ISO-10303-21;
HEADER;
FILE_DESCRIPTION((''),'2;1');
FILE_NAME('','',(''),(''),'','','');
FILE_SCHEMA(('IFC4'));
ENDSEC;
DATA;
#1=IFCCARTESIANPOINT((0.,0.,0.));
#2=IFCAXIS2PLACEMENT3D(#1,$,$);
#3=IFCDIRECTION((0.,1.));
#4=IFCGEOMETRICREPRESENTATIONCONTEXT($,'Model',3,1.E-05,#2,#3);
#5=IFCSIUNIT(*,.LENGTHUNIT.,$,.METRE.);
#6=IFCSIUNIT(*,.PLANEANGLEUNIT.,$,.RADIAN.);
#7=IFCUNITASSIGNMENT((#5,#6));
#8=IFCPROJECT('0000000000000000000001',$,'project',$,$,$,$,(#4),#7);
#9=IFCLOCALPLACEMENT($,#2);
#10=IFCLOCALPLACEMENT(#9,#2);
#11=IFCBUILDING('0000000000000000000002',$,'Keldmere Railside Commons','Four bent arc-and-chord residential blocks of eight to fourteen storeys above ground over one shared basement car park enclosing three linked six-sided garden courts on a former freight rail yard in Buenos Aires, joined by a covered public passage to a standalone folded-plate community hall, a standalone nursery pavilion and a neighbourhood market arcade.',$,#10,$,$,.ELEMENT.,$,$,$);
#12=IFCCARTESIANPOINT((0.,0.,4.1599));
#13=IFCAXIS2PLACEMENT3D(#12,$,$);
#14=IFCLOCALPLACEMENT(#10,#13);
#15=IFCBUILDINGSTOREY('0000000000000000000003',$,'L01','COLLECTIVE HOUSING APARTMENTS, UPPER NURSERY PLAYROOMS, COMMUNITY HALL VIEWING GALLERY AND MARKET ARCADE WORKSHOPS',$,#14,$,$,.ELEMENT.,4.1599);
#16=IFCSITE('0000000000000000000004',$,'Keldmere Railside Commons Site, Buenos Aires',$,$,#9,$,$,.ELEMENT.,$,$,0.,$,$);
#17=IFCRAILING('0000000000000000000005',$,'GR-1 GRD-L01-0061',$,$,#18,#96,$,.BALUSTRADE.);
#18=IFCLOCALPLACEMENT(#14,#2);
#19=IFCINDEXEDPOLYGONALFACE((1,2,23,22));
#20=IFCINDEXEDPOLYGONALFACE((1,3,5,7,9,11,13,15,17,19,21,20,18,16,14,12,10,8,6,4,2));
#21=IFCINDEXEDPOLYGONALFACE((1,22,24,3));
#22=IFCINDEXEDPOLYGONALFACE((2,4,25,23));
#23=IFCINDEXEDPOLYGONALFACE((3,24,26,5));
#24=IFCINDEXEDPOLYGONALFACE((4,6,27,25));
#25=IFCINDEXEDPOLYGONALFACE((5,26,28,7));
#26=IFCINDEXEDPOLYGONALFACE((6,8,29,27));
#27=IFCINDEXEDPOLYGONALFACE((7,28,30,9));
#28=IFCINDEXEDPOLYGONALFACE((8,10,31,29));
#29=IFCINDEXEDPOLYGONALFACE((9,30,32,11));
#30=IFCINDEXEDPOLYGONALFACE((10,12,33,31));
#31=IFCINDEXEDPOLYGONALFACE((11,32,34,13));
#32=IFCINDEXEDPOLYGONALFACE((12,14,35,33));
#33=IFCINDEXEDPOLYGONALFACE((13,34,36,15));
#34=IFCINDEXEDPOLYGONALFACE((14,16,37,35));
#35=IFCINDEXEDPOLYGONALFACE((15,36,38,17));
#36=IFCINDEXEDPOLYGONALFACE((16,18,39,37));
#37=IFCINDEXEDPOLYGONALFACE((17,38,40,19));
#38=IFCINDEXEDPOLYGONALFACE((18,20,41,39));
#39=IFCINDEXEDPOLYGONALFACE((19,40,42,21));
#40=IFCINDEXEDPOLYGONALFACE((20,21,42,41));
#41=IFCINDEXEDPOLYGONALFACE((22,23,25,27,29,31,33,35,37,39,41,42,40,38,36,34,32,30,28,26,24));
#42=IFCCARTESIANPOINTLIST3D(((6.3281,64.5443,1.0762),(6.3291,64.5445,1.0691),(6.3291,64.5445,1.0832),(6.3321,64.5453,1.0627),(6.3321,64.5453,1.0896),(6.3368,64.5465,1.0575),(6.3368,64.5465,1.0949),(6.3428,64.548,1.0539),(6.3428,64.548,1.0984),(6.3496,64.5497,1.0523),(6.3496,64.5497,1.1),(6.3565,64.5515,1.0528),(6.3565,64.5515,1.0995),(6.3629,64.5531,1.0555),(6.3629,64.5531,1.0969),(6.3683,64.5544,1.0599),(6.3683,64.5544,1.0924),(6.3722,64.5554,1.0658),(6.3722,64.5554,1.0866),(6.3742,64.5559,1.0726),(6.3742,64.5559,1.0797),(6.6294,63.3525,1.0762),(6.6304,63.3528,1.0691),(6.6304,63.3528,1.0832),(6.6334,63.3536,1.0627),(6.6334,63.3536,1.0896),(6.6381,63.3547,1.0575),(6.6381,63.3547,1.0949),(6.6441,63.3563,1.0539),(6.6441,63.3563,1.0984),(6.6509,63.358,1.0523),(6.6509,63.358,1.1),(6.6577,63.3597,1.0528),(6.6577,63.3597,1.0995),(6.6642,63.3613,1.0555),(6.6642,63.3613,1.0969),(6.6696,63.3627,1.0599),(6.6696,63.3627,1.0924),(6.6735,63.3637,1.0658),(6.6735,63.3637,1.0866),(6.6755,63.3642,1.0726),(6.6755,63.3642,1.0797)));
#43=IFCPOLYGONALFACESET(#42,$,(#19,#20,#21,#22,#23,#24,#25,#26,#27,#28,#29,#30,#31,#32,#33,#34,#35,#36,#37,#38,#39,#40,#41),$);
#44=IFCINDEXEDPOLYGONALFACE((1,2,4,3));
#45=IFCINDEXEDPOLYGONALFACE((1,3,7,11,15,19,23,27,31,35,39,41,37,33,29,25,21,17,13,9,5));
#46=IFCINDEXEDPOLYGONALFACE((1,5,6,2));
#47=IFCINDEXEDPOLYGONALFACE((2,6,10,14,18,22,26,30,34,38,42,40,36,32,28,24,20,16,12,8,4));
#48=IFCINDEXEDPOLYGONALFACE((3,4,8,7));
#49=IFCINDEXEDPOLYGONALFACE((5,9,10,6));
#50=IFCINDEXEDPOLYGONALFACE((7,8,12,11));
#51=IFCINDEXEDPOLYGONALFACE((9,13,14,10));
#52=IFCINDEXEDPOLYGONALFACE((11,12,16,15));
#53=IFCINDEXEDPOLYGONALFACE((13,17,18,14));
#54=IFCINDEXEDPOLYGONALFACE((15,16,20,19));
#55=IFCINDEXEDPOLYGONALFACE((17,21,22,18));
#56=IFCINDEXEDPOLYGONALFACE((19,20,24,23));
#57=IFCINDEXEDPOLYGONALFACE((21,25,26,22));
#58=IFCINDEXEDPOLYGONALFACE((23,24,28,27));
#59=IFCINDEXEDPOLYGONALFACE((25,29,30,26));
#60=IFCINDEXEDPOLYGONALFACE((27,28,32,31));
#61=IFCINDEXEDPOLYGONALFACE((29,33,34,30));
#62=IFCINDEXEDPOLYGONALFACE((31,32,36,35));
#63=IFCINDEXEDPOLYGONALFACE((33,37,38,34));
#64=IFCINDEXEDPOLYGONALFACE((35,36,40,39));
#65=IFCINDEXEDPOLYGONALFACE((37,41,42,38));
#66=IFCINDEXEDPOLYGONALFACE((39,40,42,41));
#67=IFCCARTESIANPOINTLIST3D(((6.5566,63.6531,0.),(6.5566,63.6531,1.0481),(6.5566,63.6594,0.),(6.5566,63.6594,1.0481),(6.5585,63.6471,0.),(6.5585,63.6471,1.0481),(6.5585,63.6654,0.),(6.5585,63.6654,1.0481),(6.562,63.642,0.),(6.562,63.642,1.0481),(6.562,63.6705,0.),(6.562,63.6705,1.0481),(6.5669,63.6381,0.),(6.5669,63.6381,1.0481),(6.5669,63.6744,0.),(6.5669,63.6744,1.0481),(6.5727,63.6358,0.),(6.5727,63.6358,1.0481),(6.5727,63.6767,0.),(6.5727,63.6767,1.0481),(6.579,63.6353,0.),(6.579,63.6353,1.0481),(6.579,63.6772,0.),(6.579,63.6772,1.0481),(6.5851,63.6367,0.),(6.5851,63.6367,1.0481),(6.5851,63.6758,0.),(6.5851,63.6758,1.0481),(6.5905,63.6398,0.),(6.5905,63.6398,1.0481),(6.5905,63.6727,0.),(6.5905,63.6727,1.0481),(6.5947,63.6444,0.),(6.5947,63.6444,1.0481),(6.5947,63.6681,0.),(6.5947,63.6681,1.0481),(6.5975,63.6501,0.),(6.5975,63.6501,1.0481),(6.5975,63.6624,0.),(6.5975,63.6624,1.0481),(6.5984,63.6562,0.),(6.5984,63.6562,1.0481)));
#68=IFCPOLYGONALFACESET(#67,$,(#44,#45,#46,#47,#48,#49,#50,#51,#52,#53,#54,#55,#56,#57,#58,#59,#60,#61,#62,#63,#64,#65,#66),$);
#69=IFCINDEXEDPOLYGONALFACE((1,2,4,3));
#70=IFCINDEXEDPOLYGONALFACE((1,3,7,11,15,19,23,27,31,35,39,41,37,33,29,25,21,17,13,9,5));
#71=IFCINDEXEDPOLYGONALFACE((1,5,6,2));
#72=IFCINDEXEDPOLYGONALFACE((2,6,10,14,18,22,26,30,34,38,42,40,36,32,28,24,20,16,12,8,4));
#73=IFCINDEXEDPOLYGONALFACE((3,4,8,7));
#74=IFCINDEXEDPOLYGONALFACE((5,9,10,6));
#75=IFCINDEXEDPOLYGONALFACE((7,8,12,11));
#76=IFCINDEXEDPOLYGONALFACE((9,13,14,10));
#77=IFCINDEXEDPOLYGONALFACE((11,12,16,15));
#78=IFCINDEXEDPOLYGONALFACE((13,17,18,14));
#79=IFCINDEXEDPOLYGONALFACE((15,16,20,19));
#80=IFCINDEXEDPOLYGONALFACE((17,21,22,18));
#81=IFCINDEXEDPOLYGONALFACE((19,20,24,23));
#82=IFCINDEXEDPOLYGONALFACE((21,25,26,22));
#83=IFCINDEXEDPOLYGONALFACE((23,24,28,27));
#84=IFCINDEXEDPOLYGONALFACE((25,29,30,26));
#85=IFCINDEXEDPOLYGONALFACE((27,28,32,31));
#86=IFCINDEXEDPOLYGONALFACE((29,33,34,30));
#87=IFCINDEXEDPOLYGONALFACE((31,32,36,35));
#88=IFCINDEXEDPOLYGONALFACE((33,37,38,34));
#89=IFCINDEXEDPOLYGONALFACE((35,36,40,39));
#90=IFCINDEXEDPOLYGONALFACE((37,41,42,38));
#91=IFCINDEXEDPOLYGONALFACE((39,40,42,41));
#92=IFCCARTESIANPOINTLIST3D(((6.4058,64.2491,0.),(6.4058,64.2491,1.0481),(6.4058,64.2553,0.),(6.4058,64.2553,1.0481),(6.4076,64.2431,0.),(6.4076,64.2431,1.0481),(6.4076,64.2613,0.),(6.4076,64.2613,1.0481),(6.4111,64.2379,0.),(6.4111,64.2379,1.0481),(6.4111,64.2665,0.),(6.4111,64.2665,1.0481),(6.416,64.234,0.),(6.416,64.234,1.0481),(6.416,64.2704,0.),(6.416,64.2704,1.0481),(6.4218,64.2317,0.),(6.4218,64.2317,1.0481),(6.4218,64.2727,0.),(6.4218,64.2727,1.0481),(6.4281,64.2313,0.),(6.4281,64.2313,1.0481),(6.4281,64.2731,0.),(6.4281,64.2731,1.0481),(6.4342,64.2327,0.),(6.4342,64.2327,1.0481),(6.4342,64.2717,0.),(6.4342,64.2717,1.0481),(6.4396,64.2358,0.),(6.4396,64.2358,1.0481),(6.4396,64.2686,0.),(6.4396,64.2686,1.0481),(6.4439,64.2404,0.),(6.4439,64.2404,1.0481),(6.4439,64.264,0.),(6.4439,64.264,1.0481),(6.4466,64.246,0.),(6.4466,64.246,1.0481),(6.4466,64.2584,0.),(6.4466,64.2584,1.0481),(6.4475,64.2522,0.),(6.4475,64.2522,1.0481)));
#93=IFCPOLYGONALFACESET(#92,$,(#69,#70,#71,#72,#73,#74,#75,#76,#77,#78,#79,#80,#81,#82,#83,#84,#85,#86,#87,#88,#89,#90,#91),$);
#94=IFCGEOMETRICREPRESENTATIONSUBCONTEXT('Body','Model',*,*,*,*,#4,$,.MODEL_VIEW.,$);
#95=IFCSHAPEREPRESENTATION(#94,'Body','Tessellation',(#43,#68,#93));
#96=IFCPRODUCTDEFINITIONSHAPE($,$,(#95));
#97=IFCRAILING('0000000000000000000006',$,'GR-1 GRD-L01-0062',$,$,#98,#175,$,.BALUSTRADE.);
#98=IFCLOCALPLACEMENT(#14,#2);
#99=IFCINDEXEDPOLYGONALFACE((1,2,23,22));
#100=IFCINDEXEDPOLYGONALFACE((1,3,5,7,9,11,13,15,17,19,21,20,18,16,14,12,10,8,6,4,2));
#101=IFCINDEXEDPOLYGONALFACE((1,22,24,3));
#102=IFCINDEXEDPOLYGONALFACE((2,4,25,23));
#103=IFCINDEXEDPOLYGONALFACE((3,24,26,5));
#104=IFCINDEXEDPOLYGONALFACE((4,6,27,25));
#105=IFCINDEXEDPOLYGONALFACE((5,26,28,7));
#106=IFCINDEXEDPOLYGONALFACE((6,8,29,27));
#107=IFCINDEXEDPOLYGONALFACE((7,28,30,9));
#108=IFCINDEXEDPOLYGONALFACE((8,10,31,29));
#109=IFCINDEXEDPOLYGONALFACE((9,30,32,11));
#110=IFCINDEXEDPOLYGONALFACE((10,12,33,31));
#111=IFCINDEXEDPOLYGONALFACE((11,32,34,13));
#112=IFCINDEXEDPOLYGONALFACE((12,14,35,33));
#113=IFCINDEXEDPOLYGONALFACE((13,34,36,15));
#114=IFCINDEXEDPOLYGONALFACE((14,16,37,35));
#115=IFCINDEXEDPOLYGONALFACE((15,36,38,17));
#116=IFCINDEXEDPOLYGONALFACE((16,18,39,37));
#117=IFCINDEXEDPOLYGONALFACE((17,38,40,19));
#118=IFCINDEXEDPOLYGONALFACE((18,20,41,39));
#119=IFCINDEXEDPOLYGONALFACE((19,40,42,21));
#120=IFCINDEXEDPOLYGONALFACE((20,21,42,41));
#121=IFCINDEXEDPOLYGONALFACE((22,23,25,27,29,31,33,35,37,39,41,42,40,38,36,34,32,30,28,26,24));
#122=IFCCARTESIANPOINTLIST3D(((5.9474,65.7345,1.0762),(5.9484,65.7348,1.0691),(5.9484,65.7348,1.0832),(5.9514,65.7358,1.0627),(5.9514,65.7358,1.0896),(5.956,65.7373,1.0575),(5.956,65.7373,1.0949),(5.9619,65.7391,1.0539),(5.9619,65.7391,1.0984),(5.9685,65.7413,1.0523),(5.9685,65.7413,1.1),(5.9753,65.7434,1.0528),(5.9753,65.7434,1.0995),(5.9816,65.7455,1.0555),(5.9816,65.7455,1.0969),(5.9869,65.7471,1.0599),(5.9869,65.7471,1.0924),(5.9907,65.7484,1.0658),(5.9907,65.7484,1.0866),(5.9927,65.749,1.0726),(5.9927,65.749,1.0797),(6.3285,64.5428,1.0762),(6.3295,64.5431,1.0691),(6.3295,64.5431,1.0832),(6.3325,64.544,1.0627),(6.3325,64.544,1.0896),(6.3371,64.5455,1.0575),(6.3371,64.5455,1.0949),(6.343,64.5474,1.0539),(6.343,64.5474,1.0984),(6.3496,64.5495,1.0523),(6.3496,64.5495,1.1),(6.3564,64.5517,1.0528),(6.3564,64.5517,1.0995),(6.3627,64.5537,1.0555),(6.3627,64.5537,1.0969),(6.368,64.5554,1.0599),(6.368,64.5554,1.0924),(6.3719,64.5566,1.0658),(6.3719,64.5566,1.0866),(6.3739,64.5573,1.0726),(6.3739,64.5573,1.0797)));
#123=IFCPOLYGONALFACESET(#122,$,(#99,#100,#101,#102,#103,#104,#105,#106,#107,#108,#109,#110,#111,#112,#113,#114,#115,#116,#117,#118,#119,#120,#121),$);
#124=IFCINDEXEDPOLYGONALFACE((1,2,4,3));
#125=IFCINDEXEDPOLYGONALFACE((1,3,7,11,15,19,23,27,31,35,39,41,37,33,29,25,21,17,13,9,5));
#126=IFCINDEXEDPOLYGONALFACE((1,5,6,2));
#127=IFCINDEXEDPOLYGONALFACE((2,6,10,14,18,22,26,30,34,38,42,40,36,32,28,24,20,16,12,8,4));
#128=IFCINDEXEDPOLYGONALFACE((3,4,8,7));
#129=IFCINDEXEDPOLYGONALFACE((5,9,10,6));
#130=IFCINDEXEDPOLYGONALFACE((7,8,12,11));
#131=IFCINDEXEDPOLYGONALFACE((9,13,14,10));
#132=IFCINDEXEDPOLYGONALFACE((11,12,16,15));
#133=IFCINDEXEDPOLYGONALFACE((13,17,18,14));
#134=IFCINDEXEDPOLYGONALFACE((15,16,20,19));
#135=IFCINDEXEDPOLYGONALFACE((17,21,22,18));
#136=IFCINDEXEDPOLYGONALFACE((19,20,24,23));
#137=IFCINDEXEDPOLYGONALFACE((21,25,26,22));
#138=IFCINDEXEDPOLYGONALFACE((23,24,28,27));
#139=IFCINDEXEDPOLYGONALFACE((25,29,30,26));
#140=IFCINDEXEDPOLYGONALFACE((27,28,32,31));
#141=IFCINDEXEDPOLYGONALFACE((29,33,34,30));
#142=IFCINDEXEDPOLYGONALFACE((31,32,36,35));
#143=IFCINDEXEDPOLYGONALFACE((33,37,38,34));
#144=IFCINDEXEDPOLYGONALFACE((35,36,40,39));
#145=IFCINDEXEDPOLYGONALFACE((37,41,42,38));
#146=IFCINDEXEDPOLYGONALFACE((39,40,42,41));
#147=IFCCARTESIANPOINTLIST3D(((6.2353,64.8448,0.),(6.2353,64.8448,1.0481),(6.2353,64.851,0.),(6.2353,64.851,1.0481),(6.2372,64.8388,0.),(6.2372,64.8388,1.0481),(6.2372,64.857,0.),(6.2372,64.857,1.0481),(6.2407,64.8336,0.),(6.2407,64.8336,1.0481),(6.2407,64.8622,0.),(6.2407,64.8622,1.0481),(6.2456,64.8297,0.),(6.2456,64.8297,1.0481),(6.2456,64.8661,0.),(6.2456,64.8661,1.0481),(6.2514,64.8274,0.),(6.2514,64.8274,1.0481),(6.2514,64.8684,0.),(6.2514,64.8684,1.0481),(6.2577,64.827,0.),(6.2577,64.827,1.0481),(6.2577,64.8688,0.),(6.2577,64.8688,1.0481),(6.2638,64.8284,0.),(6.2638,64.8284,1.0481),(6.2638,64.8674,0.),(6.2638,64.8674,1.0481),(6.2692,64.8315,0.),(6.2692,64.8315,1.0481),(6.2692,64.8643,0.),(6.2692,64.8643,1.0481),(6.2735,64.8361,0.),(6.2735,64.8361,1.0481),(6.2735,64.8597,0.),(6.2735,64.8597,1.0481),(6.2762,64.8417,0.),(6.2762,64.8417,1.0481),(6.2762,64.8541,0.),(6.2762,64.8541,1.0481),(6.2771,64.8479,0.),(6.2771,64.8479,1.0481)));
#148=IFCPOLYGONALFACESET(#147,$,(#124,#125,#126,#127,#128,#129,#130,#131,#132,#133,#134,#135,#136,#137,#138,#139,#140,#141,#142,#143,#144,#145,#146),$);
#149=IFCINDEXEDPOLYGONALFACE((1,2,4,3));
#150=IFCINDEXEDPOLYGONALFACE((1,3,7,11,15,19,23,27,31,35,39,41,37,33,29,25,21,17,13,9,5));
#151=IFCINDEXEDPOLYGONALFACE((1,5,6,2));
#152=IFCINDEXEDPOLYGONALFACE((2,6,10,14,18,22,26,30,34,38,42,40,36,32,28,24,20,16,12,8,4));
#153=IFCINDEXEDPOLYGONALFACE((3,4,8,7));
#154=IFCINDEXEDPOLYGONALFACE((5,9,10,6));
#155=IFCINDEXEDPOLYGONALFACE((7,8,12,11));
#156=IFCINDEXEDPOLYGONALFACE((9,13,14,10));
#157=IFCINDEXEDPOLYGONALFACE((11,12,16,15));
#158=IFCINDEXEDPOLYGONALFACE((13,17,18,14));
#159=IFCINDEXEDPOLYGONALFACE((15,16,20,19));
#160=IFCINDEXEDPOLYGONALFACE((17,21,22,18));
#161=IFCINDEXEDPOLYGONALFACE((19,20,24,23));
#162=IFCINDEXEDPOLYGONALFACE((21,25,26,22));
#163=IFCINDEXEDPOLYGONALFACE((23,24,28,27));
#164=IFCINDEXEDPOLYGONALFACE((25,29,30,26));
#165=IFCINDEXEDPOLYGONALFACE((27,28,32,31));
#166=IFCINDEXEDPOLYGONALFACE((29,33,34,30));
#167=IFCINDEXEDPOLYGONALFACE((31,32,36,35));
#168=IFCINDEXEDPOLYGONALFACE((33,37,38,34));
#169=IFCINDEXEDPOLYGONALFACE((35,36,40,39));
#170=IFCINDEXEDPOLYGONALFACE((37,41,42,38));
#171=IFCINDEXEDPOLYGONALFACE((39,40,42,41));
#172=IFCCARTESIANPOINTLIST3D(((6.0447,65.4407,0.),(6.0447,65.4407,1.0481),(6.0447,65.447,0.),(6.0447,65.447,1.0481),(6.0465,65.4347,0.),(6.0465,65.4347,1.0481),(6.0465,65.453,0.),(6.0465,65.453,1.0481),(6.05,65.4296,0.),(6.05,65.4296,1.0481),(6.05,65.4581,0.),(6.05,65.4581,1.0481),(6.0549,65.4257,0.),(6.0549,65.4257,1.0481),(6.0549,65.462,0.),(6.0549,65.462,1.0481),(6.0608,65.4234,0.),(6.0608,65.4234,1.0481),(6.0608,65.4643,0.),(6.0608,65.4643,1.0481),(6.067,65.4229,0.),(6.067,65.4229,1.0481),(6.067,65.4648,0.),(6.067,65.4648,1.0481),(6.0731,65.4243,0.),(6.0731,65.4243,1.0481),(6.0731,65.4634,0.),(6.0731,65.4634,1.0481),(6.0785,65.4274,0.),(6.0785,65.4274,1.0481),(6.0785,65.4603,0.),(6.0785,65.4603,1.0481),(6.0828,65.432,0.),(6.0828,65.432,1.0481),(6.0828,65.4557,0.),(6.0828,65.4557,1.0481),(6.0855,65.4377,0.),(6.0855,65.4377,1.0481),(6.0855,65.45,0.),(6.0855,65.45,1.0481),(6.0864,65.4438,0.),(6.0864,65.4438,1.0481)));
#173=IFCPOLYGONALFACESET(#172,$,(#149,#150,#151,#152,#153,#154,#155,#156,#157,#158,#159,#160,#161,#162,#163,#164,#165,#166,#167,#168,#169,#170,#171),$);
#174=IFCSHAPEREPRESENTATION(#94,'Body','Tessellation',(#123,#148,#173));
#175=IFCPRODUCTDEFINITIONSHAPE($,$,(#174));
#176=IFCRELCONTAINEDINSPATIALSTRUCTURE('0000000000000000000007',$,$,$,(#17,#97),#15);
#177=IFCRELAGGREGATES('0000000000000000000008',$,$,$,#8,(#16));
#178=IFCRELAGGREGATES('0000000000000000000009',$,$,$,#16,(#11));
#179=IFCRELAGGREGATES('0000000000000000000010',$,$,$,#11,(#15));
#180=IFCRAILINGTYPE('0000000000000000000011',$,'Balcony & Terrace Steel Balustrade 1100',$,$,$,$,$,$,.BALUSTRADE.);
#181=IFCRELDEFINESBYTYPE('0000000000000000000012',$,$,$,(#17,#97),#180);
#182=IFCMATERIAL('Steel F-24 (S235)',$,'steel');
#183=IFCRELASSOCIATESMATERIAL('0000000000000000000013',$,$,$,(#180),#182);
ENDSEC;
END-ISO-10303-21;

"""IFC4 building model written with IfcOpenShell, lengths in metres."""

from ifc_helpers import new_model, si_unit, direction, frame, origin, origin_2d, place, context, subcontext, project, spatial, circle, extrude, material, type_object, element, save


model = new_model("IFC4")

# Units and contexts
model_context = context("Model", 3, precision=1e-05, world=origin(), true_north=direction((0.0, 1.0)))
body_context = subcontext(model_context, "Body", "Model", "MODEL_VIEW")
ifc_project = project(units=[si_unit("LENGTHUNIT", "METRE"), si_unit("PLANEANGLEUNIT", "RADIAN")], contexts=[model_context])

# Site, building, storey
site_placement = place(None, origin())
site = spatial("IfcSite", under=ifc_project, at=site_placement, Name="Keldmere Railside Commons Site, Buenos Aires", CompositionType="ELEMENT", RefElevation=0.0)
building_placement = place(site_placement, origin())
building = spatial("IfcBuilding", under=site, at=building_placement, Name="Keldmere Railside Commons", Description="Four bent arc-and-chord residential blocks of eight to fourteen storeys above ground over one shared basement car park enclosing three linked six-sided garden courts on a former freight rail yard in Buenos Aires, joined by a covered public passage to a standalone folded-plate community hall, a standalone nursery pavilion and a neighbourhood market arcade.", CompositionType="ELEMENT")
storey_placement = place(building_placement, frame((0.0, 0.0, 4.1599)))
storey = spatial("IfcBuildingStorey", under=building, at=storey_placement, Name="L01", Description="COLLECTIVE HOUSING APARTMENTS, UPPER NURSERY PLAYROOMS, COMMUNITY HALL VIEWING GALLERY AND MARKET ARCADE WORKSHOPS", CompositionType="ELEMENT", Elevation=4.1599)

# Railings
ifc_material_1 = material(Name="Steel F-24 (S235)", Category="steel")
railing_type_1 = type_object("IfcRailingType", Name="Balcony & Terrace Steel Balustrade 1100", PredefinedType="BALUSTRADE", material=ifc_material_1)
railing_1_placement = place(storey_placement, frame((6.6526, 63.3584, 0.0)))
element("IfcRailing", 1, at=railing_1_placement, inside=storey, type_object=railing_type_1, Name="GR-1 GRD-L01-0061", PredefinedType="BALUSTRADE", context=body_context, shape_type="SweptSolid", body=[
    extrude(circle(Radius=0.0239, at=origin_2d()), frame((0.0, 0.0, 1.0762), z_axis=(-0.245105, 0.969496, 0.0), x_axis=(-0.969496, -0.245105, 0.0)), (0.0, 0.0, 1.0), 1.2292),
    extrude(circle(Radius=0.021, at=origin_2d()), frame((-0.0752, 0.2979, 0.0)), (0.0, 0.0, 1.0), 1.0481),
    extrude(circle(Radius=0.021, at=origin_2d()), frame((-0.2261, 0.8938, 0.0)), (0.0, 0.0, 1.0), 1.0481),
])
railing_2_placement = place(storey_placement, frame((6.3513, 64.55, 0.0)))
element("IfcRailing", 2, at=railing_2_placement, inside=storey, type_object=railing_type_1, Name="GR-1 GRD-L01-0062", PredefinedType="BALUSTRADE", context=body_context, shape_type="SweptSolid", body=[
    extrude(circle(Radius=0.0239, at=origin_2d()), frame((0.0, 0.0, 1.0762), z_axis=(-0.304613, 0.952476, 0.0), x_axis=(-0.952476, -0.304613, 0.0)), (0.0, 0.0, 1.0), 1.2512),
    extrude(circle(Radius=0.021, at=origin_2d()), frame((-0.0952, 0.2979, 0.0)), (0.0, 0.0, 1.0), 1.0481),
    extrude(circle(Radius=0.021, at=origin_2d()), frame((-0.2859, 0.8938, 0.0)), (0.0, 0.0, 1.0), 1.0481),
])

save(model, "model.ifc")
